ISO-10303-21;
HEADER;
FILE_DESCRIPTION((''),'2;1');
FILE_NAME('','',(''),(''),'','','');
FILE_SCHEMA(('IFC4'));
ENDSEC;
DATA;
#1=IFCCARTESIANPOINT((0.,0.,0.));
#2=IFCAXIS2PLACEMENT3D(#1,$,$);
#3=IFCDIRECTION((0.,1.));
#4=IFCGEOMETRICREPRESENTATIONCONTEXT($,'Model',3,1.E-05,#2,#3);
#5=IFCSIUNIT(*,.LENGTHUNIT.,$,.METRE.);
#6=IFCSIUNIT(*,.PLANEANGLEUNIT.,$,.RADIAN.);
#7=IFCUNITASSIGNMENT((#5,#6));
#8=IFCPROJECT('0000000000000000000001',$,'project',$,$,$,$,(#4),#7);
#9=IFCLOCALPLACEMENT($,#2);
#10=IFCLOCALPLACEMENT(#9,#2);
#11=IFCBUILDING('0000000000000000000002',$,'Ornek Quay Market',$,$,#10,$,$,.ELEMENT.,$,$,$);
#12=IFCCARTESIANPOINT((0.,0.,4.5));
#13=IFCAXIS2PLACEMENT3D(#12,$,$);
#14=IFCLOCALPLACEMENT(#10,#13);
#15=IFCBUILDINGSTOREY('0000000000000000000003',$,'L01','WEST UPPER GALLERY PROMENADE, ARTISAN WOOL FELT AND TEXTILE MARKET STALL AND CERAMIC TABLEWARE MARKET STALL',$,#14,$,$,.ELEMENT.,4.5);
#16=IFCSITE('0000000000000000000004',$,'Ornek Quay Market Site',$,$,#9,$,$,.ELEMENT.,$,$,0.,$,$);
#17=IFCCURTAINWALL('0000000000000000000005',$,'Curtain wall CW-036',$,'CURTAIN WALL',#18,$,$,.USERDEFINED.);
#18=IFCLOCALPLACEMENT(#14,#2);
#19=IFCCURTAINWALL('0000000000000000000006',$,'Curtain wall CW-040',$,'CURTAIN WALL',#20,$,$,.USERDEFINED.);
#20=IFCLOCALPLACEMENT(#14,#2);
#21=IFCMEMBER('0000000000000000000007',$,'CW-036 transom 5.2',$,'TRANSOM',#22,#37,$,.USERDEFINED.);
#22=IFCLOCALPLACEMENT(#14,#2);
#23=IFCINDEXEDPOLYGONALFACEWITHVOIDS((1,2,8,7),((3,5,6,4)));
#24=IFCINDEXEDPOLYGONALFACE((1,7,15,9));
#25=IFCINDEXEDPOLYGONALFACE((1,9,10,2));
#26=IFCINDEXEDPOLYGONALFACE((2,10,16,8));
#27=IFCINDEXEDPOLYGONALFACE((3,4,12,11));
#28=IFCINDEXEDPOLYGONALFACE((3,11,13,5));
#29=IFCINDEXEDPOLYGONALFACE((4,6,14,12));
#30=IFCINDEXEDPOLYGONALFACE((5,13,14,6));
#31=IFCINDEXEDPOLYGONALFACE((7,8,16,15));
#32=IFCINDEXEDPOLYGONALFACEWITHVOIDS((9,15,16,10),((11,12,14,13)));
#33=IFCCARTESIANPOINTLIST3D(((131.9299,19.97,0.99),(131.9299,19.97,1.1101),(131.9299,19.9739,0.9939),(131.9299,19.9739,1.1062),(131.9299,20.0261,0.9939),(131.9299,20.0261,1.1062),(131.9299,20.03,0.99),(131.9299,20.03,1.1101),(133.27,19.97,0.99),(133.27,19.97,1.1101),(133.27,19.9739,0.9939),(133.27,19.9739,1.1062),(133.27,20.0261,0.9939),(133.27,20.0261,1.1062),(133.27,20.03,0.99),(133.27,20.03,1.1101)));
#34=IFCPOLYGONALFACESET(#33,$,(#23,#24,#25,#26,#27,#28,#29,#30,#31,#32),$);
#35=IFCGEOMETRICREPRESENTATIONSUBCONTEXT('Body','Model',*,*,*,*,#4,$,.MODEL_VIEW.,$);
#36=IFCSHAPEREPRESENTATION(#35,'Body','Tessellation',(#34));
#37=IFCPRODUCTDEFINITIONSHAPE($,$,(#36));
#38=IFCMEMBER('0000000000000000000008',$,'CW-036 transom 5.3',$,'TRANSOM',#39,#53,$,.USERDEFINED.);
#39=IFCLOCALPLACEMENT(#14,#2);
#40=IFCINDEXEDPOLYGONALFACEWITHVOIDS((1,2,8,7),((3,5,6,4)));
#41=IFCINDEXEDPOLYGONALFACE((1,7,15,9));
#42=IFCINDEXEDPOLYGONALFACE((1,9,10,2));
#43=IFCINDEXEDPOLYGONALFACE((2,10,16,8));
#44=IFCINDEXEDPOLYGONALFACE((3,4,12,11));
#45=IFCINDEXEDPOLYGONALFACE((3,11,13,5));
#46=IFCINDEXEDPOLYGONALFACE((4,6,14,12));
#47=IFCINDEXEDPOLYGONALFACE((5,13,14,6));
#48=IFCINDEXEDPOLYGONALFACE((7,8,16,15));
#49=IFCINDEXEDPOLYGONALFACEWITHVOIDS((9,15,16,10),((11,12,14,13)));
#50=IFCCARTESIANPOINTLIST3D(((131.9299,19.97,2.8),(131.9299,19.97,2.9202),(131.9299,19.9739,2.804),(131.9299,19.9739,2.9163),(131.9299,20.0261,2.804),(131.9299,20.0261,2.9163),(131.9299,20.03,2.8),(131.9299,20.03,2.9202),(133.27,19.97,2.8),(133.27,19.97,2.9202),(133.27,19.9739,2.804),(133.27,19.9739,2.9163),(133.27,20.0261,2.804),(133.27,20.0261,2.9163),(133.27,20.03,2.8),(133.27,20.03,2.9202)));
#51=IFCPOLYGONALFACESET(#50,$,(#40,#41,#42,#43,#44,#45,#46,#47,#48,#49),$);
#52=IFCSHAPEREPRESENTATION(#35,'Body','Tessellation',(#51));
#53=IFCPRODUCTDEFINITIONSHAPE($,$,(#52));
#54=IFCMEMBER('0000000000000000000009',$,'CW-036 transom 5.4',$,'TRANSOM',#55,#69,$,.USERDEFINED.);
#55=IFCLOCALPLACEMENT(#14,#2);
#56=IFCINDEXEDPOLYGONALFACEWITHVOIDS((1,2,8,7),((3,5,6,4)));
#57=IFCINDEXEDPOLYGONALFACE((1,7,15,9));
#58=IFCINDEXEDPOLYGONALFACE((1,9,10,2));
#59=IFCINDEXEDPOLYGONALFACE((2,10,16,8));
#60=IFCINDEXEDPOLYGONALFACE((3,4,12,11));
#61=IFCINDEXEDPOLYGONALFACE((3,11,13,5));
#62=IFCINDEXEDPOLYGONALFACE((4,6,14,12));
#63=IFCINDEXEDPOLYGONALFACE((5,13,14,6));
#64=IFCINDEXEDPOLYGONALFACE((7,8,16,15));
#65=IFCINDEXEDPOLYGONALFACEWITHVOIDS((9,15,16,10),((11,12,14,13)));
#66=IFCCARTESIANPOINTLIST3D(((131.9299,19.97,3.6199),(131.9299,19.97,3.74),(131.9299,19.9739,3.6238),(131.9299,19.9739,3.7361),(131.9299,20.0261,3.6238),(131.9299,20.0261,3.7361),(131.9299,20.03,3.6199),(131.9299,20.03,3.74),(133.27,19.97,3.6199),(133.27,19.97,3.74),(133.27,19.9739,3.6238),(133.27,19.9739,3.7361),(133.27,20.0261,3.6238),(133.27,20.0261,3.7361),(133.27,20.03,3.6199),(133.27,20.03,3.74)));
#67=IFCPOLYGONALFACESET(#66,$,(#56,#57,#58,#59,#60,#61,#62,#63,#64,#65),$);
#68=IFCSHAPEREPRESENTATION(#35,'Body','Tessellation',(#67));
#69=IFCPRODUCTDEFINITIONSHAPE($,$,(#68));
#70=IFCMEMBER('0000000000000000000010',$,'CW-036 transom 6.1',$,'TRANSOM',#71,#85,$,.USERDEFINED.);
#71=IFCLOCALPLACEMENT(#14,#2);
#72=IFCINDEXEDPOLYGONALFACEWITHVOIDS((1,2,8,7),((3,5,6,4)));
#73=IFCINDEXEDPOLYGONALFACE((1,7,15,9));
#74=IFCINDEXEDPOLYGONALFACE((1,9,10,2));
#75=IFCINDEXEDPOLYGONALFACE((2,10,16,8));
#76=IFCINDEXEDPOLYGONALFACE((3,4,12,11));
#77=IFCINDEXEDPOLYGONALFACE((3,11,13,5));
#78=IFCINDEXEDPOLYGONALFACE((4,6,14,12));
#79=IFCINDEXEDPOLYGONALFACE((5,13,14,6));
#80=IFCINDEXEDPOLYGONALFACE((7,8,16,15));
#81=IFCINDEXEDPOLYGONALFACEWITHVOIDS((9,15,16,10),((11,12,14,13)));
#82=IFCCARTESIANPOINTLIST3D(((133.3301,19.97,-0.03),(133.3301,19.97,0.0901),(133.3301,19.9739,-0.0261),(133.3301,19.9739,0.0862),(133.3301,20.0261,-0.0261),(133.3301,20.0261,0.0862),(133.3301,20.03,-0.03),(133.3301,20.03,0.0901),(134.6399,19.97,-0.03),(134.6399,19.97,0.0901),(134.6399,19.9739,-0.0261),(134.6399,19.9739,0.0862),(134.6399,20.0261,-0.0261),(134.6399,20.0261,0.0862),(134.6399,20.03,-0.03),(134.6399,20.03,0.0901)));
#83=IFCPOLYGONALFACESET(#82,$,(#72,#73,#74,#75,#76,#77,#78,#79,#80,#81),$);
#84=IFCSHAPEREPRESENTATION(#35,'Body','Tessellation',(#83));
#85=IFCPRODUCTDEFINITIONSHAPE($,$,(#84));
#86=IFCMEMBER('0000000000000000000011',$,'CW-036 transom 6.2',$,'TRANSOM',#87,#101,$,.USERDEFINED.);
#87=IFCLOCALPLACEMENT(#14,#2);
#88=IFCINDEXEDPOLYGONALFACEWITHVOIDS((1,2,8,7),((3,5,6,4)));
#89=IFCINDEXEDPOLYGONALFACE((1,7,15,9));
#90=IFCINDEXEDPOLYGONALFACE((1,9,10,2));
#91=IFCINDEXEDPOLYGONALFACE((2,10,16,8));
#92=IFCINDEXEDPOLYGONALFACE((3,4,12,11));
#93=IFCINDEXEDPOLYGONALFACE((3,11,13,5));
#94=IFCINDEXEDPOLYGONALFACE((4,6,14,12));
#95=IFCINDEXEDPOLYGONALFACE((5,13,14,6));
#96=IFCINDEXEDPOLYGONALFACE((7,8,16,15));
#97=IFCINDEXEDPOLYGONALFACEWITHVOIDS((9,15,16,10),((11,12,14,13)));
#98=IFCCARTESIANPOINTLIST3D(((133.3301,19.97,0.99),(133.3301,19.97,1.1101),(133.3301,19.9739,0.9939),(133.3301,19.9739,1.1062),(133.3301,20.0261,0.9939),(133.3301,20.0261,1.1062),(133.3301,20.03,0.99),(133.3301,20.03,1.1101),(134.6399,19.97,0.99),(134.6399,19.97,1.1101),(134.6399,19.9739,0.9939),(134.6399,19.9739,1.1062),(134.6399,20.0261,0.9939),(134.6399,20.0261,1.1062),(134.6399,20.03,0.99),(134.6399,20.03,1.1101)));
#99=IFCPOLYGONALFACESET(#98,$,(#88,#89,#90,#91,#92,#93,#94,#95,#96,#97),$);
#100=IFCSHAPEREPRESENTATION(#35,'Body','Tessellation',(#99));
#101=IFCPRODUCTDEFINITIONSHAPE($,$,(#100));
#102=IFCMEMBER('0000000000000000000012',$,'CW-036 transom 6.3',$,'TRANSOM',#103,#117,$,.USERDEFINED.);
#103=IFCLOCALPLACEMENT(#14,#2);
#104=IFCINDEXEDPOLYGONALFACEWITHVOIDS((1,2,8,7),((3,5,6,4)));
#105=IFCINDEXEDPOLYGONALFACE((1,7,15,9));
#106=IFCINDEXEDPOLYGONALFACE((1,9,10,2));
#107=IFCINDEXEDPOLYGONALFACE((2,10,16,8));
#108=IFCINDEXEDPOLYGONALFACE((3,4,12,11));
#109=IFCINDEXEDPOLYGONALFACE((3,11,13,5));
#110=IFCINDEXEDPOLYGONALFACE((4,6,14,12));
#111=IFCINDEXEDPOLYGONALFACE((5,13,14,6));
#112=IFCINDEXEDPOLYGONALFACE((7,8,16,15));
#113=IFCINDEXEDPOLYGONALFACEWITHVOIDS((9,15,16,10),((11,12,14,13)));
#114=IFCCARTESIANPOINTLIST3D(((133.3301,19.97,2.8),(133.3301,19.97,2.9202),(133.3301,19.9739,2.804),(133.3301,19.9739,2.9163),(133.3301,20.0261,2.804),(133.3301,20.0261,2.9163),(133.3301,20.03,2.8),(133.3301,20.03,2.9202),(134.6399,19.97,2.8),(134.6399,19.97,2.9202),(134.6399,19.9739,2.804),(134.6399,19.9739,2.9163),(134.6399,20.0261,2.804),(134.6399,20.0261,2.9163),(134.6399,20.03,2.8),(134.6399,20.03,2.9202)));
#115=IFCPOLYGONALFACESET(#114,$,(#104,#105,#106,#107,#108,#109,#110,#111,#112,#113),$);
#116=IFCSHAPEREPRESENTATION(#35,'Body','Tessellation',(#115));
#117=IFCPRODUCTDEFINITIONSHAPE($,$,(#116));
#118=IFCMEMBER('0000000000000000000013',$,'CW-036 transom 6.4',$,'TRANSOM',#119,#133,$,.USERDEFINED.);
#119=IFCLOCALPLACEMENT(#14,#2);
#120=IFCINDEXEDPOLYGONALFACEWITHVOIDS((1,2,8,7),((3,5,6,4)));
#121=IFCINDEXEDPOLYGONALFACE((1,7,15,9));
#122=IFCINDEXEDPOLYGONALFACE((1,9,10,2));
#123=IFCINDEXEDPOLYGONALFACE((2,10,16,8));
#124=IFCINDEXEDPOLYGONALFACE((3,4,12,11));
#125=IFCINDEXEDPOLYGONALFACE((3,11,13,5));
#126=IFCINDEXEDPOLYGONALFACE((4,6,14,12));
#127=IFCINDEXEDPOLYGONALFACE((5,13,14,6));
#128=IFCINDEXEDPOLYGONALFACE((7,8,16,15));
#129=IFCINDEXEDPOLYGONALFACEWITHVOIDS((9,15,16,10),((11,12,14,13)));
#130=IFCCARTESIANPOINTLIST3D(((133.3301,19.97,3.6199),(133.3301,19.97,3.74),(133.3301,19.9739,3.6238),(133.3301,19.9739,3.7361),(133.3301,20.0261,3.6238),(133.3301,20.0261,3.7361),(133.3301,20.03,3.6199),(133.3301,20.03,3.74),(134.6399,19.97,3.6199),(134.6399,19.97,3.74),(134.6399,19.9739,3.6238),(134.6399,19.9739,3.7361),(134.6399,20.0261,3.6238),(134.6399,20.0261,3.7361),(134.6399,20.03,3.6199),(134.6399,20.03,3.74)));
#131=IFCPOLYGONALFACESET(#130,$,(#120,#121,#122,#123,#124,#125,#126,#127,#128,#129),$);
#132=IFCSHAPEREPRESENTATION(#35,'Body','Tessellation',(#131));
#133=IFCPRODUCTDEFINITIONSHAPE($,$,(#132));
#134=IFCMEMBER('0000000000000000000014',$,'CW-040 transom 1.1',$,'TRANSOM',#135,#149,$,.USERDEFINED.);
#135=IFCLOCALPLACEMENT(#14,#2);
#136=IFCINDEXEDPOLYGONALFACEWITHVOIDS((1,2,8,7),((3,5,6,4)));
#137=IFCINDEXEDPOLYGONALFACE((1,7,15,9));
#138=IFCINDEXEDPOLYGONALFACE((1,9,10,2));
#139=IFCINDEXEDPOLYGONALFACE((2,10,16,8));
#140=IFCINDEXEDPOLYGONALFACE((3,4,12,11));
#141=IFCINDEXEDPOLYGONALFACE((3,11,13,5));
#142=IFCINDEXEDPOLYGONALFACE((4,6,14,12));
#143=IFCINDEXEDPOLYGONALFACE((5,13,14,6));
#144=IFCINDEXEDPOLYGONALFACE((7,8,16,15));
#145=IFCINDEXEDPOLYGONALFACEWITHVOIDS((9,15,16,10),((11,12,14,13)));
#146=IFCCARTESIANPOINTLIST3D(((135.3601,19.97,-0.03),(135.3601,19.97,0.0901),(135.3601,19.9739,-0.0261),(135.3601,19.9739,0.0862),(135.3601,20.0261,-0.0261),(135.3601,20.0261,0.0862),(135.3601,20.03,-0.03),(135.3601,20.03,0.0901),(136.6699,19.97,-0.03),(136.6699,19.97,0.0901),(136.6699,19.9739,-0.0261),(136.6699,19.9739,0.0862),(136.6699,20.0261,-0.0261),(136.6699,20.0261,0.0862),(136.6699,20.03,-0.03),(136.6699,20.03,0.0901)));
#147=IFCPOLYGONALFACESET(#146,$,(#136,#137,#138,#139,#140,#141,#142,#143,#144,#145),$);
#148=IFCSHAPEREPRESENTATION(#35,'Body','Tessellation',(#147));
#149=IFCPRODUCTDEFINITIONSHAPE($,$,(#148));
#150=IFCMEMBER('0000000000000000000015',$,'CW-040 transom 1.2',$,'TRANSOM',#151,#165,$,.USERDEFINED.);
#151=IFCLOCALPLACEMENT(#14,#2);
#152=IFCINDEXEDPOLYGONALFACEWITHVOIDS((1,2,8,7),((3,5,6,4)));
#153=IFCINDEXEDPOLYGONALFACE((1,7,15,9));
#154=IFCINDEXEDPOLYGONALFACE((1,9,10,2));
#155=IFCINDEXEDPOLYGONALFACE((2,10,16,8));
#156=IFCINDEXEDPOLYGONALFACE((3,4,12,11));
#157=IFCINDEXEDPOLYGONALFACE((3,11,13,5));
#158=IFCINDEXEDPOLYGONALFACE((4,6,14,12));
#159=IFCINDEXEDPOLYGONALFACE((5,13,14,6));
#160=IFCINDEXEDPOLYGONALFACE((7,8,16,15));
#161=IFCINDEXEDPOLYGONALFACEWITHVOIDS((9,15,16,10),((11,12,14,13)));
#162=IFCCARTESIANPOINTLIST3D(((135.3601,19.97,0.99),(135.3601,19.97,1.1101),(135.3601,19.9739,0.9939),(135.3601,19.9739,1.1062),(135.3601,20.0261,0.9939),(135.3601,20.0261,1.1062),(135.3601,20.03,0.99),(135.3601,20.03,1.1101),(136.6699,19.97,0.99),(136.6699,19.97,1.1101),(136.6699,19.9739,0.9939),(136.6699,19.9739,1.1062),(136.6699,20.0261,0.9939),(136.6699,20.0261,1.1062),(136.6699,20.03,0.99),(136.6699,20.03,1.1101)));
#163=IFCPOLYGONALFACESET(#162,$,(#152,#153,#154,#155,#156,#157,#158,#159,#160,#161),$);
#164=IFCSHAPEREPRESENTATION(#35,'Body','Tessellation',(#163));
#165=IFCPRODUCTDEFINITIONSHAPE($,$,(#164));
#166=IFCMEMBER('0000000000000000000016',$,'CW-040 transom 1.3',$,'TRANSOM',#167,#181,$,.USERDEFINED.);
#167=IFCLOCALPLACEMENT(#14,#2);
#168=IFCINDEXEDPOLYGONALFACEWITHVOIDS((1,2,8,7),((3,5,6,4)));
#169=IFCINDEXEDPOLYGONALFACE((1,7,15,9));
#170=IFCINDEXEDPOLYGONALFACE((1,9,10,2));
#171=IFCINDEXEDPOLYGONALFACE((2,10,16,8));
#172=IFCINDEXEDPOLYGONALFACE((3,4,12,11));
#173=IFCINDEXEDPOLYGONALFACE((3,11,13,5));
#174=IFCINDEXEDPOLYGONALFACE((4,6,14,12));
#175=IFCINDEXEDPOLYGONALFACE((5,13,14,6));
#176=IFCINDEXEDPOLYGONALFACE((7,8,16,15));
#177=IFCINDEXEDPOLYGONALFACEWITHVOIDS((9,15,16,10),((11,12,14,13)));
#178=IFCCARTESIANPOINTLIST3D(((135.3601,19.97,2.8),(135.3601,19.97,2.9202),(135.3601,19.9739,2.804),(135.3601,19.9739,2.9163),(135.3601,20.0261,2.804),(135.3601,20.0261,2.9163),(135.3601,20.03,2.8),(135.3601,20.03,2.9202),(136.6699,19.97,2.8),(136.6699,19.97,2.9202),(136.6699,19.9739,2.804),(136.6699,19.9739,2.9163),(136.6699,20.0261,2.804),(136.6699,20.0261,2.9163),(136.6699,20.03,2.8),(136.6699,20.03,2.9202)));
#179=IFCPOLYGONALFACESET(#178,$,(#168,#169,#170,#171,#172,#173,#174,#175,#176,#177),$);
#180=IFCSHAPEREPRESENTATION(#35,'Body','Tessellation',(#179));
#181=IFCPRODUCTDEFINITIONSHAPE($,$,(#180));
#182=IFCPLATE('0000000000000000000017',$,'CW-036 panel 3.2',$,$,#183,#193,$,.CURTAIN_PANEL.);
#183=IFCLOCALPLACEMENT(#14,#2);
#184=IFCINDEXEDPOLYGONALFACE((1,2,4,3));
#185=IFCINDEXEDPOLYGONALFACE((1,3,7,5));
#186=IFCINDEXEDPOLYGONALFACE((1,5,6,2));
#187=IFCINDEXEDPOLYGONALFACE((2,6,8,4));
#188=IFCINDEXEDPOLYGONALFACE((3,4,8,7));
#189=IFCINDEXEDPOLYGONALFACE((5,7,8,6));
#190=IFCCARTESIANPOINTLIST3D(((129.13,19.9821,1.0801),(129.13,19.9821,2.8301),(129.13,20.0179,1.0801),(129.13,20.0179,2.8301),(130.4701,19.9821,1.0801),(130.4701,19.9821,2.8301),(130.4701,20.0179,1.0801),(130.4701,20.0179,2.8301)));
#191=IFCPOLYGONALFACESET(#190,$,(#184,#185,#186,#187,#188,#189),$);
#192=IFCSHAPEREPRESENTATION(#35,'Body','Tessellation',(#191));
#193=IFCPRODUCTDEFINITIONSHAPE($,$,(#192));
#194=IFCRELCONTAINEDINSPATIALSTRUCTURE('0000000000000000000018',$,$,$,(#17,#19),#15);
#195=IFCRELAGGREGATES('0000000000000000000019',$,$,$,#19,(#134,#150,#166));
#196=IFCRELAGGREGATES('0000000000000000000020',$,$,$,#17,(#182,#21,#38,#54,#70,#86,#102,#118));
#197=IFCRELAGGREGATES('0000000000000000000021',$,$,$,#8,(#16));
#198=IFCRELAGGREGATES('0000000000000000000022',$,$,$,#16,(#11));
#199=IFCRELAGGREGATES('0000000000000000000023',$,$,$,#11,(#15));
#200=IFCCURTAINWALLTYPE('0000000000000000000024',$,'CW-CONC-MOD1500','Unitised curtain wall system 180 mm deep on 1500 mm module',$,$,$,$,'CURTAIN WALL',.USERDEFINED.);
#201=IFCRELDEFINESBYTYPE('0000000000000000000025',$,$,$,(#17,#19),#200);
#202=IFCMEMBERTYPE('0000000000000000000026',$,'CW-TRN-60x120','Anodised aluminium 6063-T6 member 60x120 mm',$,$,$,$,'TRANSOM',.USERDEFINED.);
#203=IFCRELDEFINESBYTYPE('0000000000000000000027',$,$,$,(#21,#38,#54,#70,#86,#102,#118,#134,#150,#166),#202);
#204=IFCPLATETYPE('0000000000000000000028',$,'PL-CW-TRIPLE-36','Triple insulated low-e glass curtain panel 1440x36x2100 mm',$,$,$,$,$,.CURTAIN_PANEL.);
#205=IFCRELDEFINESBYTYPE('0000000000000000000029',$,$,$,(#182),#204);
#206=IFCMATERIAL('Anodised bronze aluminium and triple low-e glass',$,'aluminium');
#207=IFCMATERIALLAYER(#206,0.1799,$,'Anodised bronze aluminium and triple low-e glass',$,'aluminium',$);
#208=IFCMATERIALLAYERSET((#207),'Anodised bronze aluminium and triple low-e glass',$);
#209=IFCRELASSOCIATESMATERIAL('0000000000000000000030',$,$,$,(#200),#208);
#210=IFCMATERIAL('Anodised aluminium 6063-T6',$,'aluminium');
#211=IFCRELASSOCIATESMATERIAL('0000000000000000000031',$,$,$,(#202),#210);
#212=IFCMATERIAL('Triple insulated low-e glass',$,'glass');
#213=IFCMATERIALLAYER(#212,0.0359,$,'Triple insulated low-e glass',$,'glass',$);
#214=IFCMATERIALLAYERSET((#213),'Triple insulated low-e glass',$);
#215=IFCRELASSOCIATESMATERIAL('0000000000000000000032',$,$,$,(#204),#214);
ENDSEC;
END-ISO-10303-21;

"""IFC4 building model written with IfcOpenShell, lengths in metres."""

from ifc_helpers import new_model, si_unit, direction, frame, origin, origin_2d, place, context, subcontext, project, spatial, rectangle, hollow_rectangle, extrude, material, layer, layer_set, material_profile, profile_set, type_object, element, aggregate, save


model = new_model("IFC4")

# Units and contexts
model_context = context("Model", 3, precision=1e-05, world=origin(), true_north=direction((0.0, 1.0)))
body_context = subcontext(model_context, "Body", "Model", "MODEL_VIEW")
ifc_project = project(units=[si_unit("LENGTHUNIT", "METRE"), si_unit("PLANEANGLEUNIT", "RADIAN")], contexts=[model_context])

# Site, building, storey
site_placement = place(None, origin())
site = spatial("IfcSite", under=ifc_project, at=site_placement, Name="Ornek Quay Market Site", CompositionType="ELEMENT", RefElevation=0.0)
building_placement = place(site_placement, origin())
building = spatial("IfcBuilding", under=site, at=building_placement, Name="Ornek Quay Market", CompositionType="ELEMENT")
storey_placement = place(building_placement, frame((0.0, 0.0, 4.5)))
storey = spatial("IfcBuildingStorey", under=building, at=storey_placement, Name="L01", Description="WEST UPPER GALLERY PROMENADE, ARTISAN WOOL FELT AND TEXTILE MARKET STALL AND CERAMIC TABLEWARE MARKET STALL", CompositionType="ELEMENT", Elevation=4.5)

# Curtain wall
ifc_material_1 = material(Name="Anodised bronze aluminium and triple low-e glass", Category="aluminium")
ifc_layer_1 = layer(ifc_material_1, 0.1799, Name="Anodised bronze aluminium and triple low-e glass", Category="aluminium")
ifc_layer_set_1 = layer_set([ifc_layer_1], Name="Anodised bronze aluminium and triple low-e glass")
curtain_wall_type = type_object("IfcCurtainWallType", Name="CW-CONC-MOD1500", Description="Unitised curtain wall system 180 mm deep on 1500 mm module", ElementType="CURTAIN WALL", PredefinedType="USERDEFINED", material=ifc_layer_set_1)
curtain_wall_1_placement = place(storey_placement, origin())
curtain_wall_1 = element("IfcCurtainWall", 1, at=curtain_wall_1_placement, inside=storey, type_object=curtain_wall_type, Name="Curtain wall CW-036", ObjectType="CURTAIN WALL", PredefinedType="USERDEFINED")
ifc_material_2 = material(Name="Anodised aluminium 6063-T6", Category="aluminium")

# Curtain wall
curtain_wall_2_placement = place(storey_placement, origin())
curtain_wall_2 = element("IfcCurtainWall", 2, at=curtain_wall_2_placement, inside=storey, type_object=curtain_wall_type, Name="Curtain wall CW-040", ObjectType="CURTAIN WALL", PredefinedType="USERDEFINED")

# Members
ifc_material_profile_1 = material_profile(ifc_material_2, hollow_rectangle(XDim=0.0601, YDim=0.1201, WallThickness=0.0039, at=origin_2d()), Name="CW-TRN-60x120", Category="aluminium")
ifc_profile_set_1 = profile_set([ifc_material_profile_1], Name="Anodised aluminium 6063-T6")
member_type_1 = type_object("IfcMemberType", Name="CW-TRN-60x120", Description="Anodised aluminium 6063-T6 member 60x120 mm", ElementType="TRANSOM", PredefinedType="USERDEFINED", material=ifc_profile_set_1)
member_1_placement = place(storey_placement, frame((131.9299, 20.0, 1.05), z_axis=(1.0, 0.0, 0.0), x_axis=(0.0, 1.0, 0.0)))
member_1 = element("IfcMember", 3, at=member_1_placement, type_object=member_type_1, Name="CW-036 transom 5.2", ObjectType="TRANSOM", PredefinedType="USERDEFINED", context=body_context, shape_type="SweptSolid", body=[
    extrude(hollow_rectangle(XDim=0.0601, YDim=0.1201, WallThickness=0.0039, at=origin_2d()), origin(), (0.0, 0.0, 1.0), 1.3401),
])
member_2_placement = place(storey_placement, frame((131.9299, 20.0, 2.8601), z_axis=(1.0, 0.0, 0.0), x_axis=(0.0, 1.0, 0.0)))
member_2 = element("IfcMember", 4, at=member_2_placement, type_object=member_type_1, Name="CW-036 transom 5.3", ObjectType="TRANSOM", PredefinedType="USERDEFINED", context=body_context, shape_type="SweptSolid", body=[
    extrude(hollow_rectangle(XDim=0.0601, YDim=0.1201, WallThickness=0.0039, at=origin_2d()), origin(), (0.0, 0.0, 1.0), 1.3401),
])
member_3_placement = place(storey_placement, frame((131.9299, 20.0, 3.6799), z_axis=(1.0, 0.0, 0.0), x_axis=(0.0, 1.0, 0.0)))
member_3 = element("IfcMember", 5, at=member_3_placement, type_object=member_type_1, Name="CW-036 transom 5.4", ObjectType="TRANSOM", PredefinedType="USERDEFINED", context=body_context, shape_type="SweptSolid", body=[
    extrude(hollow_rectangle(XDim=0.0601, YDim=0.1201, WallThickness=0.0039, at=origin_2d()), origin(), (0.0, 0.0, 1.0), 1.3401),
])
member_4_placement = place(storey_placement, frame((133.3301, 20.0, 0.03), z_axis=(1.0, 0.0, 0.0), x_axis=(0.0, 1.0, 0.0)))
member_4 = element("IfcMember", 6, at=member_4_placement, type_object=member_type_1, Name="CW-036 transom 6.1", ObjectType="TRANSOM", PredefinedType="USERDEFINED", context=body_context, shape_type="SweptSolid", body=[
    extrude(hollow_rectangle(XDim=0.0601, YDim=0.1201, WallThickness=0.0039, at=origin_2d()), origin(), (0.0, 0.0, 1.0), 1.3098),
])
member_5_placement = place(storey_placement, frame((133.3301, 20.0, 1.05), z_axis=(1.0, 0.0, 0.0), x_axis=(0.0, 1.0, 0.0)))
member_5 = element("IfcMember", 7, at=member_5_placement, type_object=member_type_1, Name="CW-036 transom 6.2", ObjectType="TRANSOM", PredefinedType="USERDEFINED", context=body_context, shape_type="SweptSolid", body=[
    extrude(hollow_rectangle(XDim=0.0601, YDim=0.1201, WallThickness=0.0039, at=origin_2d()), origin(), (0.0, 0.0, 1.0), 1.3098),
])
member_6_placement = place(storey_placement, frame((133.3301, 20.0, 2.8601), z_axis=(1.0, 0.0, 0.0), x_axis=(0.0, 1.0, 0.0)))
member_6 = element("IfcMember", 8, at=member_6_placement, type_object=member_type_1, Name="CW-036 transom 6.3", ObjectType="TRANSOM", PredefinedType="USERDEFINED", context=body_context, shape_type="SweptSolid", body=[
    extrude(hollow_rectangle(XDim=0.0601, YDim=0.1201, WallThickness=0.0039, at=origin_2d()), origin(), (0.0, 0.0, 1.0), 1.3098),
])
member_7_placement = place(storey_placement, frame((133.3301, 20.0, 3.6799), z_axis=(1.0, 0.0, 0.0), x_axis=(0.0, 1.0, 0.0)))
member_7 = element("IfcMember", 9, at=member_7_placement, type_object=member_type_1, Name="CW-036 transom 6.4", ObjectType="TRANSOM", PredefinedType="USERDEFINED", context=body_context, shape_type="SweptSolid", body=[
    extrude(hollow_rectangle(XDim=0.0601, YDim=0.1201, WallThickness=0.0039, at=origin_2d()), origin(), (0.0, 0.0, 1.0), 1.3098),
])
member_8_placement = place(storey_placement, frame((135.3601, 20.0, 0.03), z_axis=(1.0, 0.0, 0.0), x_axis=(0.0, 1.0, 0.0)))
member_8 = element("IfcMember", 10, at=member_8_placement, type_object=member_type_1, Name="CW-040 transom 1.1", ObjectType="TRANSOM", PredefinedType="USERDEFINED", context=body_context, shape_type="SweptSolid", body=[
    extrude(hollow_rectangle(XDim=0.0601, YDim=0.1201, WallThickness=0.0039, at=origin_2d()), origin(), (0.0, 0.0, 1.0), 1.3098),
])
member_9_placement = place(storey_placement, frame((135.3601, 20.0, 1.05), z_axis=(1.0, 0.0, 0.0), x_axis=(0.0, 1.0, 0.0)))
member_9 = element("IfcMember", 11, at=member_9_placement, type_object=member_type_1, Name="CW-040 transom 1.2", ObjectType="TRANSOM", PredefinedType="USERDEFINED", context=body_context, shape_type="SweptSolid", body=[
    extrude(hollow_rectangle(XDim=0.0601, YDim=0.1201, WallThickness=0.0039, at=origin_2d()), origin(), (0.0, 0.0, 1.0), 1.3098),
])
member_10_placement = place(storey_placement, frame((135.3601, 20.0, 2.8601), z_axis=(1.0, 0.0, 0.0), x_axis=(0.0, 1.0, 0.0)))
member_10 = element("IfcMember", 12, at=member_10_placement, type_object=member_type_1, Name="CW-040 transom 1.3", ObjectType="TRANSOM", PredefinedType="USERDEFINED", context=body_context, shape_type="SweptSolid", body=[
    extrude(hollow_rectangle(XDim=0.0601, YDim=0.1201, WallThickness=0.0039, at=origin_2d()), origin(), (0.0, 0.0, 1.0), 1.3098),
])
aggregate(curtain_wall_2, [member_8, member_9, member_10])

# Plate
ifc_material_3 = material(Name="Triple insulated low-e glass", Category="glass")
ifc_layer_2 = layer(ifc_material_3, 0.0359, Name="Triple insulated low-e glass", Category="glass")
ifc_layer_set_2 = layer_set([ifc_layer_2], Name="Triple insulated low-e glass")
plate_type = type_object("IfcPlateType", Name="PL-CW-TRIPLE-36", Description="Triple insulated low-e glass curtain panel 1440x36x2100 mm", PredefinedType="CURTAIN_PANEL", material=ifc_layer_set_2)
plate_1_placement = place(storey_placement, frame((129.8, 20.0, 1.0801), z_axis=(0.0, 0.0, 1.0), x_axis=(1.0, 0.0, 0.0)))
plate_1 = element("IfcPlate", 13, at=plate_1_placement, type_object=plate_type, Name="CW-036 panel 3.2", PredefinedType="CURTAIN_PANEL", context=body_context, shape_type="SweptSolid", body=[
    extrude(rectangle(XDim=1.3401, YDim=0.0359, at=origin_2d()), origin(), (0.0, 0.0, 1.0), 1.75),
])
aggregate(curtain_wall_1, [plate_1, member_1, member_2, member_3, member_4, member_5, member_6, member_7])

save(model, "model.ifc")
